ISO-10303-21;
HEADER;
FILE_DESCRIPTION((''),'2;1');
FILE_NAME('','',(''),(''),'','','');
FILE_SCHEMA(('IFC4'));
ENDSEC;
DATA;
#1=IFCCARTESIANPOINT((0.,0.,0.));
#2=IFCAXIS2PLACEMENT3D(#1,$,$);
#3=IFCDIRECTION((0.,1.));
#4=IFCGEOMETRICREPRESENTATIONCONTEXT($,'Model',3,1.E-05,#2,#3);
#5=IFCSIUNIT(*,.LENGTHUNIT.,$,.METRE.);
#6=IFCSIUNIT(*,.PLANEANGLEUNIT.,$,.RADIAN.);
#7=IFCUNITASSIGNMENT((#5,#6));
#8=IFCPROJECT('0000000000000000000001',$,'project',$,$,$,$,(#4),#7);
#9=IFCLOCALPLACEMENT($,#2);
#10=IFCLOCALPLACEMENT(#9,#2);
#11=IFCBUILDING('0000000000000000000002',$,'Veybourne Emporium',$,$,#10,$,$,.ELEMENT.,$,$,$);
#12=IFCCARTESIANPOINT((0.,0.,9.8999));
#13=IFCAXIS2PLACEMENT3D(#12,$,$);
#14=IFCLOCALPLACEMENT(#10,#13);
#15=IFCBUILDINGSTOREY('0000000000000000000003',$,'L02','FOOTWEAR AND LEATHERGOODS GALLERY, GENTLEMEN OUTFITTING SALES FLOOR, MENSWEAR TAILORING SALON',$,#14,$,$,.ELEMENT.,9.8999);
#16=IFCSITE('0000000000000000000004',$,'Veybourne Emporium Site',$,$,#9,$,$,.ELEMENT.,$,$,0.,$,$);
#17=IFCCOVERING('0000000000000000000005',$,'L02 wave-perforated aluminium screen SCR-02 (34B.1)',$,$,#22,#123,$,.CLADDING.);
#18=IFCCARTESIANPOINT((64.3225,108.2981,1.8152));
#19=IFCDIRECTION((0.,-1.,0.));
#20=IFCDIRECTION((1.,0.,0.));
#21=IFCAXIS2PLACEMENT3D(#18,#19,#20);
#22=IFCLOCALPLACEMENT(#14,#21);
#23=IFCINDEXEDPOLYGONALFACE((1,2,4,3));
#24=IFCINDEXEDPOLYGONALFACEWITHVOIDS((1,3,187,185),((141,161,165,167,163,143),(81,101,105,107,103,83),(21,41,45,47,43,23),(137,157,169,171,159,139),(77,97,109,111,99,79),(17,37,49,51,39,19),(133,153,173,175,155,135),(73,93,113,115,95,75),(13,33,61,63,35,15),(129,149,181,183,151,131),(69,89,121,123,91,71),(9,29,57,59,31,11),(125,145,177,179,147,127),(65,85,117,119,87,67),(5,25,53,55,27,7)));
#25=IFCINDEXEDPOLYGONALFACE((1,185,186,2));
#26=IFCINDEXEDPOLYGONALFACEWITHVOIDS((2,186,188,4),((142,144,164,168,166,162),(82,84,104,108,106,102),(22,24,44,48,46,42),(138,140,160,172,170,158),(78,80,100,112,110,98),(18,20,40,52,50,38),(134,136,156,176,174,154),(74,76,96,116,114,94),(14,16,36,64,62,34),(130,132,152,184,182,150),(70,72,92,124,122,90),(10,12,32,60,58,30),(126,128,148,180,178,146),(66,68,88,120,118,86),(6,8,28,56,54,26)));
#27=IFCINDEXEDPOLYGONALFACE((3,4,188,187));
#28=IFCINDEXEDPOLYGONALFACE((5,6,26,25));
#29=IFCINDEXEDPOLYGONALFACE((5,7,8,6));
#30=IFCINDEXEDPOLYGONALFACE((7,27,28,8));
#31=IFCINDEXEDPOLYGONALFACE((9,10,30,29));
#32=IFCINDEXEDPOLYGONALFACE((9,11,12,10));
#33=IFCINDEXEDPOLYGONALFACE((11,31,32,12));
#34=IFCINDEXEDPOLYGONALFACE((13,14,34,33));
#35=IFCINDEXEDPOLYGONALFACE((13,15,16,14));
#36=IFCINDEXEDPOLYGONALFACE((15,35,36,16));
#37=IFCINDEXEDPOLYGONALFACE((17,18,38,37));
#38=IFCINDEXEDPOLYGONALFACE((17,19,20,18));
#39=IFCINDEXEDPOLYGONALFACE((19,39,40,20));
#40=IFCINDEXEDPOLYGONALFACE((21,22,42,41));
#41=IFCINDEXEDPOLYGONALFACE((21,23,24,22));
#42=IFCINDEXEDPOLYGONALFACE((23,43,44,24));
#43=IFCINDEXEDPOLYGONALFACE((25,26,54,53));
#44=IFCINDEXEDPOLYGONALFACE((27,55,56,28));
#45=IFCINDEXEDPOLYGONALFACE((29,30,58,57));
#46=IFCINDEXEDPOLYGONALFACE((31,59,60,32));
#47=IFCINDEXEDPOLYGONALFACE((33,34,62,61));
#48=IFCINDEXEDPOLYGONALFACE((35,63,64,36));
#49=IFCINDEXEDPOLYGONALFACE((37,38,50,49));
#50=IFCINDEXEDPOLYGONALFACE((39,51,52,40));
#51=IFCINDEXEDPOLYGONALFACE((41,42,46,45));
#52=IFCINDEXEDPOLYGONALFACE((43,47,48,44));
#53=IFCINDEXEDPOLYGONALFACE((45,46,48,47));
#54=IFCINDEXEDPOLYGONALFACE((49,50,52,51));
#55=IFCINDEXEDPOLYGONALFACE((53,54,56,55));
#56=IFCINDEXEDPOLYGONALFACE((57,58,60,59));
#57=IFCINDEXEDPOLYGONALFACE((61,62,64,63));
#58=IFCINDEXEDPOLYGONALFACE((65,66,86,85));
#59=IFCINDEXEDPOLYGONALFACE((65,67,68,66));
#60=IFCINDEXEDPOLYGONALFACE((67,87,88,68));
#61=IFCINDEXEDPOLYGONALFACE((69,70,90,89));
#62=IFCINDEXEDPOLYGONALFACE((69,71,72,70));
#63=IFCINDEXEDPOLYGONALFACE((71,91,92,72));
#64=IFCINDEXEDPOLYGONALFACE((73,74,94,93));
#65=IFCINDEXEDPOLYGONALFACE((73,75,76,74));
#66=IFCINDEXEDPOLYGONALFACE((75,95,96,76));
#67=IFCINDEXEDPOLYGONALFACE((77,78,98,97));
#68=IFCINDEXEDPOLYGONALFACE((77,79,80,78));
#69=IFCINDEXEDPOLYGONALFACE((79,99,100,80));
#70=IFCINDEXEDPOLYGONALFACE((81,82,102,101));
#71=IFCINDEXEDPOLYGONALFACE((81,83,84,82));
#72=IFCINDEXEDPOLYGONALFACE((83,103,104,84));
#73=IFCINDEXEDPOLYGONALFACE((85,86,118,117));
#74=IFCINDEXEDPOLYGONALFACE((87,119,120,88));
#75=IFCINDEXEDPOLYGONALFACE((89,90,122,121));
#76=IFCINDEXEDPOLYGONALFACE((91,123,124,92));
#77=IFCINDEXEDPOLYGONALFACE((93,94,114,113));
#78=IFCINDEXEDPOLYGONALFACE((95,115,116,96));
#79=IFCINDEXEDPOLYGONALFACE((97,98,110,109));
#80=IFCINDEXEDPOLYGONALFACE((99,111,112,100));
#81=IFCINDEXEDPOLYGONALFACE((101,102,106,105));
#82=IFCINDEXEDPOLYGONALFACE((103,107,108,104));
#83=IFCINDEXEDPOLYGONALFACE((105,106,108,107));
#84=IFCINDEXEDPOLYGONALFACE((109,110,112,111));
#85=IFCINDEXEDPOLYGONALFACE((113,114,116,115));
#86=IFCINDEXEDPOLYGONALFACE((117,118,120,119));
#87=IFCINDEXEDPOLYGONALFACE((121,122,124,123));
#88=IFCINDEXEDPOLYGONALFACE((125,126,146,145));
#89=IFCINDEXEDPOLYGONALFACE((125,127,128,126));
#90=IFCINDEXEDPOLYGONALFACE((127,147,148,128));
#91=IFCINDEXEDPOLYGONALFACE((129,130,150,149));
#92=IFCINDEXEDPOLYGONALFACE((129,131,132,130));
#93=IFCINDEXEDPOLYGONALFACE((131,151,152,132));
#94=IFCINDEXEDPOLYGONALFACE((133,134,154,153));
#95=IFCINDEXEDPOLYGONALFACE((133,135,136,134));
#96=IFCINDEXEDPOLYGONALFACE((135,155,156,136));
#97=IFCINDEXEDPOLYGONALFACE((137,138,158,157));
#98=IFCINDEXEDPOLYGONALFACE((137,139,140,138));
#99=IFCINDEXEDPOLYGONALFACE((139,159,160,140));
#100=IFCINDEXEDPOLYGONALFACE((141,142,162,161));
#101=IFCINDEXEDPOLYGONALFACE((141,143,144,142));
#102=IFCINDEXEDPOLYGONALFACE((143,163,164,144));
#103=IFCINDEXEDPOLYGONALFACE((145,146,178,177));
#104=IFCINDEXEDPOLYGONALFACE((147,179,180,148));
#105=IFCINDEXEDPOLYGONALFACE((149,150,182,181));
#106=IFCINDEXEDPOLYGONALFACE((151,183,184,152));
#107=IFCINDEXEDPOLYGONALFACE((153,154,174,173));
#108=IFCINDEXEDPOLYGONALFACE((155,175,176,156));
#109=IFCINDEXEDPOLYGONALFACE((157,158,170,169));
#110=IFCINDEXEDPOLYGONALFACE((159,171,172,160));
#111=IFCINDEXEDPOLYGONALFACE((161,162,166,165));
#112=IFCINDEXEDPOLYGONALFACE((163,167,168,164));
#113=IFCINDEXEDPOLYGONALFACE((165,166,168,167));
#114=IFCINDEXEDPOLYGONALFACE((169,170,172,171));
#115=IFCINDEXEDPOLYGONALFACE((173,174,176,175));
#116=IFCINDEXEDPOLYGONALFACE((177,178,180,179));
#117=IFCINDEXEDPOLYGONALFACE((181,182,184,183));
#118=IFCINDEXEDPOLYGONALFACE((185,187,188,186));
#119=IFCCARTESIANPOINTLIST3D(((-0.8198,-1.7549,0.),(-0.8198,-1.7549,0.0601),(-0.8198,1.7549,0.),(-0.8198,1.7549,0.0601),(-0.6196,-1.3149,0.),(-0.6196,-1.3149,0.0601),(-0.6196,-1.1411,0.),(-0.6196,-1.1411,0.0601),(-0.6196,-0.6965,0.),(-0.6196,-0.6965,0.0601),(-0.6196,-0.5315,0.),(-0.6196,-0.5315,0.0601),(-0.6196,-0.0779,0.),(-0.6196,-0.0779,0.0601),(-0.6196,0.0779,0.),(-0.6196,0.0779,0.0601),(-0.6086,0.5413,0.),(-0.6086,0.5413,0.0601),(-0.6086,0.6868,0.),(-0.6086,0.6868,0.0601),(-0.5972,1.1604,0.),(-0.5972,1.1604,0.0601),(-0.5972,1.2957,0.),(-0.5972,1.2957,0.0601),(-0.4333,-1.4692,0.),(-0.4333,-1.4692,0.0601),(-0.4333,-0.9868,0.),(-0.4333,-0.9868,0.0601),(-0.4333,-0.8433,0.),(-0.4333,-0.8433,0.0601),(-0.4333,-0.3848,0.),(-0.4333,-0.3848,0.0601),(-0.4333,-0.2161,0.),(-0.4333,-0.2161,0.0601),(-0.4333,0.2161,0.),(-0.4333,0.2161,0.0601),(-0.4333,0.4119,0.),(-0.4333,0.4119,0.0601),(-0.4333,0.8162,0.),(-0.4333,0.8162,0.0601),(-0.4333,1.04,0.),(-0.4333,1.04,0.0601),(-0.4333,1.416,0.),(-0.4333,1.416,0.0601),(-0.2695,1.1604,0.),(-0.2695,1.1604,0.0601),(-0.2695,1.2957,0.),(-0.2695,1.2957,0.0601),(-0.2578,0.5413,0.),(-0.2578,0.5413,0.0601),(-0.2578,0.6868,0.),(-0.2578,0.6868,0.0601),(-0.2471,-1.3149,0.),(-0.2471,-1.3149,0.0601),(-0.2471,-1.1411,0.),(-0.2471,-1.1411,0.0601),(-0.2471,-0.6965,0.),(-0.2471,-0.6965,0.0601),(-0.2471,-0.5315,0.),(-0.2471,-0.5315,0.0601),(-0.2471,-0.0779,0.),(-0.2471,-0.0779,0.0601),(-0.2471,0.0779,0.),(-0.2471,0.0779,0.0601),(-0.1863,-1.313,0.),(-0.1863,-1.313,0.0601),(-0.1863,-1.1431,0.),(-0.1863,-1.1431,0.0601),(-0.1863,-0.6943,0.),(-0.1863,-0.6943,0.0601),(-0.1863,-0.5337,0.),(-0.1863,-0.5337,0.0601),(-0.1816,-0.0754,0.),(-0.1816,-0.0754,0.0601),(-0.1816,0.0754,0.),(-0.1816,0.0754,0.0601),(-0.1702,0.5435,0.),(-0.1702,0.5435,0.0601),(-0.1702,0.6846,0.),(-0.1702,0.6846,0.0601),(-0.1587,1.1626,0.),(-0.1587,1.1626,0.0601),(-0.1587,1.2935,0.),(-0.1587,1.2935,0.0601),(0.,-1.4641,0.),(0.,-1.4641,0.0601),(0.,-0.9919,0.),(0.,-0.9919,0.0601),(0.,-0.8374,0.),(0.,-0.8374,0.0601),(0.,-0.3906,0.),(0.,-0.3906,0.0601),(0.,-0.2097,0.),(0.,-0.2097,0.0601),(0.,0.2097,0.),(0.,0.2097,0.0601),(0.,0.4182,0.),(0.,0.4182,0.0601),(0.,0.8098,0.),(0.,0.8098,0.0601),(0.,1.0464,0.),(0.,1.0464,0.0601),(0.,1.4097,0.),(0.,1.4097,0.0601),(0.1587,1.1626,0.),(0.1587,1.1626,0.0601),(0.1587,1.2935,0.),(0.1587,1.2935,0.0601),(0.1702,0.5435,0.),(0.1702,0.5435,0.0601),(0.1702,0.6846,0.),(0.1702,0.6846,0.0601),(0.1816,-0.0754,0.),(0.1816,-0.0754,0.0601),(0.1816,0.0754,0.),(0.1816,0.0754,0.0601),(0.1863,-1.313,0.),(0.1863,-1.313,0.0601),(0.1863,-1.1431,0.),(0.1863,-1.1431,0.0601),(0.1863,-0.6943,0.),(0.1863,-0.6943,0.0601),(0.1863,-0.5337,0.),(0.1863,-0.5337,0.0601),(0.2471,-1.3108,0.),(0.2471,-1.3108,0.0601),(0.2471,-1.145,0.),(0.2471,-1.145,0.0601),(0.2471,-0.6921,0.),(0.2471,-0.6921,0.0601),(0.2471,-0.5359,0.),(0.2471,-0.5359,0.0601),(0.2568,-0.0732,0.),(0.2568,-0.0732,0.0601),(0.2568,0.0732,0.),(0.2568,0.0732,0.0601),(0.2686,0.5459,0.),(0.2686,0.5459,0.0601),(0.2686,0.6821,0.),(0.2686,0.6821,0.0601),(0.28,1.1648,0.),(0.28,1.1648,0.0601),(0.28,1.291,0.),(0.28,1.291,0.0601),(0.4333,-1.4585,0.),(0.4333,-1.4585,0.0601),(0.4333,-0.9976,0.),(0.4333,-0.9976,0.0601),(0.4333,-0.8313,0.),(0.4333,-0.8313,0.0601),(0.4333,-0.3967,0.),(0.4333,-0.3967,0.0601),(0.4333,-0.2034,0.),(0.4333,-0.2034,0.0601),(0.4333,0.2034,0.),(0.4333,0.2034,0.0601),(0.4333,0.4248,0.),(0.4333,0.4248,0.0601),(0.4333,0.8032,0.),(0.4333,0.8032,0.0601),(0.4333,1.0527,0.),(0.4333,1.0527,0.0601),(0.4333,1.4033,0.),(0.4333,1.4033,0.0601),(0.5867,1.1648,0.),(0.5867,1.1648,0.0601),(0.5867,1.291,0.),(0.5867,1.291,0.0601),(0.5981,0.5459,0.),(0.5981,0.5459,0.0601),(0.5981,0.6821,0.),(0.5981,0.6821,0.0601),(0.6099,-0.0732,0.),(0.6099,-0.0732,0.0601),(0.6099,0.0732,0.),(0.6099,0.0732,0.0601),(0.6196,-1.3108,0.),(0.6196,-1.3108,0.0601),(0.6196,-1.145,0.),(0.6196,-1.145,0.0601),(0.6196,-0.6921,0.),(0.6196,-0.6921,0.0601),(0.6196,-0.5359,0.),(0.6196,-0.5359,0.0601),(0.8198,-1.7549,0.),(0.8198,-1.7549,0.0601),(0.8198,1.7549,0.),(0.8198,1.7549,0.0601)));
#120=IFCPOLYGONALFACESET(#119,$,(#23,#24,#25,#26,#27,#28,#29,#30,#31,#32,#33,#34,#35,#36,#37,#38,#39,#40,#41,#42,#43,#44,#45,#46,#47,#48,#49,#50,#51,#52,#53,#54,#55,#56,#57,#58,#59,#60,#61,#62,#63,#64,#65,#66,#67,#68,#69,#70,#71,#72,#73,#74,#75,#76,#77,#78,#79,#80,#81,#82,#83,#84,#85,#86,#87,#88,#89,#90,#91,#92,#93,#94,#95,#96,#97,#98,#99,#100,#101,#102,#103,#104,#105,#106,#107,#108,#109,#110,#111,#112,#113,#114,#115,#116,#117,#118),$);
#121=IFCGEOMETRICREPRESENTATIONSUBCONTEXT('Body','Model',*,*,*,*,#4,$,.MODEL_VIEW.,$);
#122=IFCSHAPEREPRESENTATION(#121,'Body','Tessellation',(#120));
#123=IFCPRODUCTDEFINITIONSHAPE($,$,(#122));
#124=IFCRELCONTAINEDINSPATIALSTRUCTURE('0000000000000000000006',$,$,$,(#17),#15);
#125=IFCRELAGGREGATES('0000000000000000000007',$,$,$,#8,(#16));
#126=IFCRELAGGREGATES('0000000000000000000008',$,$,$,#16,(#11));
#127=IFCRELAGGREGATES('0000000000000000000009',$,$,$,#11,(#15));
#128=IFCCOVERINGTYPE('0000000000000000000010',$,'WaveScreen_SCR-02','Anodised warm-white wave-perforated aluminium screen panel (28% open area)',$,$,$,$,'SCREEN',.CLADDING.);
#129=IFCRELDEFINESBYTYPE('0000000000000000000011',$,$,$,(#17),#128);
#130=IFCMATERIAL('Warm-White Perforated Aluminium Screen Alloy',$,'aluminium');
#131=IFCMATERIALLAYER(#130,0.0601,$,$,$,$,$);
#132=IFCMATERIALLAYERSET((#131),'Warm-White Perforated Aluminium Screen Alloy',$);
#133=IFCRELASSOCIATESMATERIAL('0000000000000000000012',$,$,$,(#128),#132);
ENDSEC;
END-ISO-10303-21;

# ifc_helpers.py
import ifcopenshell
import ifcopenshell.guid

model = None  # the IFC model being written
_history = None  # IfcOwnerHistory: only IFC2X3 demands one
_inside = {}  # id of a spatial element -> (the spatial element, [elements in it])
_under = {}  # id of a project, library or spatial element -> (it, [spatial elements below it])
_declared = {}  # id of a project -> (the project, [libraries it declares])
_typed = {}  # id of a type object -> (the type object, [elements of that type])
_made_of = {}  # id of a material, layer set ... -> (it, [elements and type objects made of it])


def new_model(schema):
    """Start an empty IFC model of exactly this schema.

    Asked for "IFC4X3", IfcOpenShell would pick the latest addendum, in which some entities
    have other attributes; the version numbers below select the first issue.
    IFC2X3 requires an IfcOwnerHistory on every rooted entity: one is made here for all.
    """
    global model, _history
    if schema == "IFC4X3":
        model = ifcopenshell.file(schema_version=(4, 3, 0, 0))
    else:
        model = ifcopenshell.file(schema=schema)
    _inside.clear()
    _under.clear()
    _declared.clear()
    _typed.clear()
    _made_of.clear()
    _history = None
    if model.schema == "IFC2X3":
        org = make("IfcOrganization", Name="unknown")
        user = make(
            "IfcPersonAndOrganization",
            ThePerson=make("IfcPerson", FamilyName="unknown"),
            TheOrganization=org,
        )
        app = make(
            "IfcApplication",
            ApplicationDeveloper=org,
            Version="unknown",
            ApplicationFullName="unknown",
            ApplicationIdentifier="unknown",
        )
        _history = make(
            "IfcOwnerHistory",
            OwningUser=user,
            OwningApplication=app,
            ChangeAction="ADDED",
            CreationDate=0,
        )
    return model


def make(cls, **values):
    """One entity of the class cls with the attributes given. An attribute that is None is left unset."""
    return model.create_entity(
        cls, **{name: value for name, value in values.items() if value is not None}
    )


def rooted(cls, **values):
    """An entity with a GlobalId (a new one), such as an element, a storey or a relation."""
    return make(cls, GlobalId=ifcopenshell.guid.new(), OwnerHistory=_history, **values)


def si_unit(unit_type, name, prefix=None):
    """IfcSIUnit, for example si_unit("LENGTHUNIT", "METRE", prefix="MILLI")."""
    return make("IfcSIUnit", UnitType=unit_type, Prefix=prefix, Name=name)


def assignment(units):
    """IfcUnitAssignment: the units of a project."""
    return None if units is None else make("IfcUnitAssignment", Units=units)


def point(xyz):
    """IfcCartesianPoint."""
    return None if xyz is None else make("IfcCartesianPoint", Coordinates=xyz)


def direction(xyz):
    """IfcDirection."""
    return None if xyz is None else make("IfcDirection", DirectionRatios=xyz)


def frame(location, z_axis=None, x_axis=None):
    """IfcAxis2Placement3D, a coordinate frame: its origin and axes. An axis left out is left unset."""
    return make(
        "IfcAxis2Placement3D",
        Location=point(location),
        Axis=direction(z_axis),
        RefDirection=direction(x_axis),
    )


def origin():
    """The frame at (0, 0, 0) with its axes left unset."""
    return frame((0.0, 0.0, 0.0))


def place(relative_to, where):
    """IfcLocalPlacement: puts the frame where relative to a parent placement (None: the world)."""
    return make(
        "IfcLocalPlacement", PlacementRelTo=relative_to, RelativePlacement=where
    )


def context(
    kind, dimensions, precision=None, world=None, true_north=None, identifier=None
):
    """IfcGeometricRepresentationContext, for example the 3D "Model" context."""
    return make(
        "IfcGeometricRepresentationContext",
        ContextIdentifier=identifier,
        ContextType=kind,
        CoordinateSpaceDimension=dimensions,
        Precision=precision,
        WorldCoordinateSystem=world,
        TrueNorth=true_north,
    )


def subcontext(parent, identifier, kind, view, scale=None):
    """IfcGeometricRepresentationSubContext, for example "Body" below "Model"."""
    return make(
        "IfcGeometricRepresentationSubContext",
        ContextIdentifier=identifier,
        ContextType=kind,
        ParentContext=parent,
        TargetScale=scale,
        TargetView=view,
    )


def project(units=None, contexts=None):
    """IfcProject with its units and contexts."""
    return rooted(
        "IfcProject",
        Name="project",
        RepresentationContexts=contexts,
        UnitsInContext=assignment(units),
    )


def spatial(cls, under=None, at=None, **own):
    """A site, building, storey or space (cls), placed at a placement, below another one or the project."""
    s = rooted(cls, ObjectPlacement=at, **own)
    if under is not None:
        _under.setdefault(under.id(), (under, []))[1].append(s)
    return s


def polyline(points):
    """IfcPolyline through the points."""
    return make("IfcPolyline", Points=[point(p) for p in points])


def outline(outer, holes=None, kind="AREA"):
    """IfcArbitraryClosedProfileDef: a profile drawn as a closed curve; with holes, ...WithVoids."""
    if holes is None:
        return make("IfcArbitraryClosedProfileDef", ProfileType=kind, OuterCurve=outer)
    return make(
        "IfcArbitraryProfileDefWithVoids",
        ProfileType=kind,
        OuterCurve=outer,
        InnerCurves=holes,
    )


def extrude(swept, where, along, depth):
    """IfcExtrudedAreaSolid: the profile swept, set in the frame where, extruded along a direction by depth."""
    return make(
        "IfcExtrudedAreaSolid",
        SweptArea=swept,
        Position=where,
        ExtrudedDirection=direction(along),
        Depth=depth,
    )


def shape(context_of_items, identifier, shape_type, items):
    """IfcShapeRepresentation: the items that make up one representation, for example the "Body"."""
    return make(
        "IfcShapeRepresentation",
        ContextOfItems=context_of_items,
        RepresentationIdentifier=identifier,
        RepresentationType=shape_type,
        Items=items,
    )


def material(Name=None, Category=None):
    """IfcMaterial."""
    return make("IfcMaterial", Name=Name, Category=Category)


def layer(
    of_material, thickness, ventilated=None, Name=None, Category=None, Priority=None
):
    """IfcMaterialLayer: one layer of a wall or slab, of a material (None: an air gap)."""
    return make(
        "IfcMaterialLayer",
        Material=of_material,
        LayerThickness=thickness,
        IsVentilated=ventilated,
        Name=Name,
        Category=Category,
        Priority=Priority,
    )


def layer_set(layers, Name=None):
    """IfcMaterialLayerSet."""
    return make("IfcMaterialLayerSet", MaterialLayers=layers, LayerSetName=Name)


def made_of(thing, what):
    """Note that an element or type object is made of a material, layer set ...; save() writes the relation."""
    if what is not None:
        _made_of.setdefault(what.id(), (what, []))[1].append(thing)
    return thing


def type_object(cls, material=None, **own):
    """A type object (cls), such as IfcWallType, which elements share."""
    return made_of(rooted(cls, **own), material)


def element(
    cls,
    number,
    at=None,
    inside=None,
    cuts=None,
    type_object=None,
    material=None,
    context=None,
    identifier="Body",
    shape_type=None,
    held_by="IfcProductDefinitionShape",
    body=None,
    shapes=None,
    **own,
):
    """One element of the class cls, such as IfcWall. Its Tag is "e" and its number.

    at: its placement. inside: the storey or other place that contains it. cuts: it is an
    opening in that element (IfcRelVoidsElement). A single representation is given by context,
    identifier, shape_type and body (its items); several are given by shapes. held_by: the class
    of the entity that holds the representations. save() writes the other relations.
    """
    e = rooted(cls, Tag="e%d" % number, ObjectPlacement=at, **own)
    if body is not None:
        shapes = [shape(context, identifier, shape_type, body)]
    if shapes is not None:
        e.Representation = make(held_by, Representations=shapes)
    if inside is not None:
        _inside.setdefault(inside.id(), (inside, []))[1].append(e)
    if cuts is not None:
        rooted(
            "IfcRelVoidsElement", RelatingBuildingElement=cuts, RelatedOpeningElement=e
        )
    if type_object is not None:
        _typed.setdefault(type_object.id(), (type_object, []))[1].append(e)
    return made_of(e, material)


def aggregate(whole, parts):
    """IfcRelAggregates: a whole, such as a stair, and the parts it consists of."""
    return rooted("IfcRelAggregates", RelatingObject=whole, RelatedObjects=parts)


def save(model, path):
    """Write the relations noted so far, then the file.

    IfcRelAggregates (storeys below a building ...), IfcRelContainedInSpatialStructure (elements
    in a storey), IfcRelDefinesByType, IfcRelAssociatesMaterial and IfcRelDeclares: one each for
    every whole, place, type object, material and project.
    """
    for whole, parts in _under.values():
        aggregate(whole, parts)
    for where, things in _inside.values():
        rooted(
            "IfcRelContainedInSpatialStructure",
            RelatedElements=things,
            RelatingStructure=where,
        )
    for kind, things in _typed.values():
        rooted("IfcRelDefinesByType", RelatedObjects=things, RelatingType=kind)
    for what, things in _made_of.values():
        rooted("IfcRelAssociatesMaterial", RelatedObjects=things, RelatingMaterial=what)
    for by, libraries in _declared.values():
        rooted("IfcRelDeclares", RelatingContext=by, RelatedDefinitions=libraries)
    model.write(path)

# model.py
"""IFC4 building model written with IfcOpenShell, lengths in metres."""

from ifc_helpers import new_model, si_unit, direction, frame, origin, place, context, subcontext, project, spatial, polyline, outline, extrude, material, layer, layer_set, type_object, element, save


model = new_model("IFC4")

# Units and contexts
model_context = context("Model", 3, precision=1e-05, world=origin(), true_north=direction((0.0, 1.0)))
body_context = subcontext(model_context, "Body", "Model", "MODEL_VIEW")
ifc_project = project(units=[si_unit("LENGTHUNIT", "METRE"), si_unit("PLANEANGLEUNIT", "RADIAN")], contexts=[model_context])

# Site, building, storey
site_placement = place(None, origin())
site = spatial("IfcSite", under=ifc_project, at=site_placement, Name="Veybourne Emporium Site", CompositionType="ELEMENT", RefElevation=0.0)
building_placement = place(site_placement, origin())
building = spatial("IfcBuilding", under=site, at=building_placement, Name="Veybourne Emporium", CompositionType="ELEMENT")
storey_placement = place(building_placement, frame((0.0, 0.0, 9.8999)))
storey = spatial("IfcBuildingStorey", under=building, at=storey_placement, Name="L02", Description="FOOTWEAR AND LEATHERGOODS GALLERY, GENTLEMEN OUTFITTING SALES FLOOR, MENSWEAR TAILORING SALON", CompositionType="ELEMENT", Elevation=9.8999)

# Covering
ifc_material_1 = material(Name="Warm-White Perforated Aluminium Screen Alloy", Category="aluminium")
ifc_layer_1 = layer(ifc_material_1, 0.0601)
ifc_layer_set_1 = layer_set([ifc_layer_1], Name="Warm-White Perforated Aluminium Screen Alloy")
covering_type_1 = type_object("IfcCoveringType", Name="WaveScreen_SCR-02", Description="Anodised warm-white wave-perforated aluminium screen panel (28% open area)", ElementType="SCREEN", PredefinedType="CLADDING", material=ifc_layer_set_1)
covering_1_placement = place(storey_placement, frame((64.3225, 108.2981, 1.8152), z_axis=(0.0, -1.0, 0.0), x_axis=(1.0, 0.0, 0.0)))
element("IfcCovering", 1, at=covering_1_placement, inside=storey, type_object=covering_type_1, Name="L02 wave-perforated aluminium screen SCR-02 (34B.1)", PredefinedType="CLADDING", context=body_context, shape_type="SweptSolid", body=[
    extrude(outline(polyline([(-0.8198, -1.7549), (0.8198, -1.7549), (0.8198, 1.7549), (-0.8198, 1.7549), (-0.8198, -1.7549)]), holes=[polyline([(-0.4333, -0.9868), (-0.2471, -1.1411), (-0.2471, -1.3149), (-0.4333, -1.4692), (-0.6196, -1.3149), (-0.6196, -1.1411), (-0.4333, -0.9868)]), polyline([(-0.4333, -0.3848), (-0.2471, -0.5315), (-0.2471, -0.6965), (-0.4333, -0.8433), (-0.6196, -0.6965), (-0.6196, -0.5315), (-0.4333, -0.3848)]), polyline([(-0.4333, 0.2161), (-0.2471, 0.0779), (-0.2471, -0.0779), (-0.4333, -0.2161), (-0.6196, -0.0779), (-0.6196, 0.0779), (-0.4333, 0.2161)]), polyline([(-0.4333, 0.8162), (-0.2578, 0.6868), (-0.2578, 0.5413), (-0.4333, 0.4119), (-0.6086, 0.5413), (-0.6086, 0.6868), (-0.4333, 0.8162)]), polyline([(-0.4333, 1.416), (-0.2695, 1.2957), (-0.2695, 1.1604), (-0.4333, 1.04), (-0.5972, 1.1604), (-0.5972, 1.2957), (-0.4333, 1.416)]), polyline([(0.0, -0.9919), (0.1863, -1.1431), (0.1863, -1.313), (0.0, -1.4641), (-0.1863, -1.313), (-0.1863, -1.1431), (0.0, -0.9919)]), polyline([(0.0, -0.3906), (0.1863, -0.5337), (0.1863, -0.6943), (0.0, -0.8374), (-0.1863, -0.6943), (-0.1863, -0.5337), (0.0, -0.3906)]), polyline([(0.0, 0.2097), (0.1816, 0.0754), (0.1816, -0.0754), (0.0, -0.2097), (-0.1816, -0.0754), (-0.1816, 0.0754), (0.0, 0.2097)]), polyline([(0.0, 0.8098), (0.1702, 0.6846), (0.1702, 0.5435), (0.0, 0.4182), (-0.1702, 0.5435), (-0.1702, 0.6846), (0.0, 0.8098)]), polyline([(0.0, 1.4097), (0.1587, 1.2935), (0.1587, 1.1626), (0.0, 1.0464), (-0.1587, 1.1626), (-0.1587, 1.2935), (0.0, 1.4097)]), polyline([(0.4333, -0.9976), (0.6196, -1.145), (0.6196, -1.3108), (0.4333, -1.4585), (0.2471, -1.3108), (0.2471, -1.145), (0.4333, -0.9976)]), polyline([(0.4333, -0.3967), (0.6196, -0.5359), (0.6196, -0.6921), (0.4333, -0.8313), (0.2471, -0.6921), (0.2471, -0.5359), (0.4333, -0.3967)]), polyline([(0.4333, 0.2034), (0.6099, 0.0732), (0.6099, -0.0732), (0.4333, -0.2034), (0.2568, -0.0732), (0.2568, 0.0732), (0.4333, 0.2034)]), polyline([(0.4333, 0.8032), (0.5981, 0.6821), (0.5981, 0.5459), (0.4333, 0.4248), (0.2686, 0.5459), (0.2686, 0.6821), (0.4333, 0.8032)]), polyline([(0.4333, 1.4033), (0.5867, 1.291), (0.5867, 1.1648), (0.4333, 1.0527), (0.28, 1.1648), (0.28, 1.291), (0.4333, 1.4033)])]), origin(), (0.0, 0.0, 1.0), 0.0601),
])

save(model, "model.ifc")
